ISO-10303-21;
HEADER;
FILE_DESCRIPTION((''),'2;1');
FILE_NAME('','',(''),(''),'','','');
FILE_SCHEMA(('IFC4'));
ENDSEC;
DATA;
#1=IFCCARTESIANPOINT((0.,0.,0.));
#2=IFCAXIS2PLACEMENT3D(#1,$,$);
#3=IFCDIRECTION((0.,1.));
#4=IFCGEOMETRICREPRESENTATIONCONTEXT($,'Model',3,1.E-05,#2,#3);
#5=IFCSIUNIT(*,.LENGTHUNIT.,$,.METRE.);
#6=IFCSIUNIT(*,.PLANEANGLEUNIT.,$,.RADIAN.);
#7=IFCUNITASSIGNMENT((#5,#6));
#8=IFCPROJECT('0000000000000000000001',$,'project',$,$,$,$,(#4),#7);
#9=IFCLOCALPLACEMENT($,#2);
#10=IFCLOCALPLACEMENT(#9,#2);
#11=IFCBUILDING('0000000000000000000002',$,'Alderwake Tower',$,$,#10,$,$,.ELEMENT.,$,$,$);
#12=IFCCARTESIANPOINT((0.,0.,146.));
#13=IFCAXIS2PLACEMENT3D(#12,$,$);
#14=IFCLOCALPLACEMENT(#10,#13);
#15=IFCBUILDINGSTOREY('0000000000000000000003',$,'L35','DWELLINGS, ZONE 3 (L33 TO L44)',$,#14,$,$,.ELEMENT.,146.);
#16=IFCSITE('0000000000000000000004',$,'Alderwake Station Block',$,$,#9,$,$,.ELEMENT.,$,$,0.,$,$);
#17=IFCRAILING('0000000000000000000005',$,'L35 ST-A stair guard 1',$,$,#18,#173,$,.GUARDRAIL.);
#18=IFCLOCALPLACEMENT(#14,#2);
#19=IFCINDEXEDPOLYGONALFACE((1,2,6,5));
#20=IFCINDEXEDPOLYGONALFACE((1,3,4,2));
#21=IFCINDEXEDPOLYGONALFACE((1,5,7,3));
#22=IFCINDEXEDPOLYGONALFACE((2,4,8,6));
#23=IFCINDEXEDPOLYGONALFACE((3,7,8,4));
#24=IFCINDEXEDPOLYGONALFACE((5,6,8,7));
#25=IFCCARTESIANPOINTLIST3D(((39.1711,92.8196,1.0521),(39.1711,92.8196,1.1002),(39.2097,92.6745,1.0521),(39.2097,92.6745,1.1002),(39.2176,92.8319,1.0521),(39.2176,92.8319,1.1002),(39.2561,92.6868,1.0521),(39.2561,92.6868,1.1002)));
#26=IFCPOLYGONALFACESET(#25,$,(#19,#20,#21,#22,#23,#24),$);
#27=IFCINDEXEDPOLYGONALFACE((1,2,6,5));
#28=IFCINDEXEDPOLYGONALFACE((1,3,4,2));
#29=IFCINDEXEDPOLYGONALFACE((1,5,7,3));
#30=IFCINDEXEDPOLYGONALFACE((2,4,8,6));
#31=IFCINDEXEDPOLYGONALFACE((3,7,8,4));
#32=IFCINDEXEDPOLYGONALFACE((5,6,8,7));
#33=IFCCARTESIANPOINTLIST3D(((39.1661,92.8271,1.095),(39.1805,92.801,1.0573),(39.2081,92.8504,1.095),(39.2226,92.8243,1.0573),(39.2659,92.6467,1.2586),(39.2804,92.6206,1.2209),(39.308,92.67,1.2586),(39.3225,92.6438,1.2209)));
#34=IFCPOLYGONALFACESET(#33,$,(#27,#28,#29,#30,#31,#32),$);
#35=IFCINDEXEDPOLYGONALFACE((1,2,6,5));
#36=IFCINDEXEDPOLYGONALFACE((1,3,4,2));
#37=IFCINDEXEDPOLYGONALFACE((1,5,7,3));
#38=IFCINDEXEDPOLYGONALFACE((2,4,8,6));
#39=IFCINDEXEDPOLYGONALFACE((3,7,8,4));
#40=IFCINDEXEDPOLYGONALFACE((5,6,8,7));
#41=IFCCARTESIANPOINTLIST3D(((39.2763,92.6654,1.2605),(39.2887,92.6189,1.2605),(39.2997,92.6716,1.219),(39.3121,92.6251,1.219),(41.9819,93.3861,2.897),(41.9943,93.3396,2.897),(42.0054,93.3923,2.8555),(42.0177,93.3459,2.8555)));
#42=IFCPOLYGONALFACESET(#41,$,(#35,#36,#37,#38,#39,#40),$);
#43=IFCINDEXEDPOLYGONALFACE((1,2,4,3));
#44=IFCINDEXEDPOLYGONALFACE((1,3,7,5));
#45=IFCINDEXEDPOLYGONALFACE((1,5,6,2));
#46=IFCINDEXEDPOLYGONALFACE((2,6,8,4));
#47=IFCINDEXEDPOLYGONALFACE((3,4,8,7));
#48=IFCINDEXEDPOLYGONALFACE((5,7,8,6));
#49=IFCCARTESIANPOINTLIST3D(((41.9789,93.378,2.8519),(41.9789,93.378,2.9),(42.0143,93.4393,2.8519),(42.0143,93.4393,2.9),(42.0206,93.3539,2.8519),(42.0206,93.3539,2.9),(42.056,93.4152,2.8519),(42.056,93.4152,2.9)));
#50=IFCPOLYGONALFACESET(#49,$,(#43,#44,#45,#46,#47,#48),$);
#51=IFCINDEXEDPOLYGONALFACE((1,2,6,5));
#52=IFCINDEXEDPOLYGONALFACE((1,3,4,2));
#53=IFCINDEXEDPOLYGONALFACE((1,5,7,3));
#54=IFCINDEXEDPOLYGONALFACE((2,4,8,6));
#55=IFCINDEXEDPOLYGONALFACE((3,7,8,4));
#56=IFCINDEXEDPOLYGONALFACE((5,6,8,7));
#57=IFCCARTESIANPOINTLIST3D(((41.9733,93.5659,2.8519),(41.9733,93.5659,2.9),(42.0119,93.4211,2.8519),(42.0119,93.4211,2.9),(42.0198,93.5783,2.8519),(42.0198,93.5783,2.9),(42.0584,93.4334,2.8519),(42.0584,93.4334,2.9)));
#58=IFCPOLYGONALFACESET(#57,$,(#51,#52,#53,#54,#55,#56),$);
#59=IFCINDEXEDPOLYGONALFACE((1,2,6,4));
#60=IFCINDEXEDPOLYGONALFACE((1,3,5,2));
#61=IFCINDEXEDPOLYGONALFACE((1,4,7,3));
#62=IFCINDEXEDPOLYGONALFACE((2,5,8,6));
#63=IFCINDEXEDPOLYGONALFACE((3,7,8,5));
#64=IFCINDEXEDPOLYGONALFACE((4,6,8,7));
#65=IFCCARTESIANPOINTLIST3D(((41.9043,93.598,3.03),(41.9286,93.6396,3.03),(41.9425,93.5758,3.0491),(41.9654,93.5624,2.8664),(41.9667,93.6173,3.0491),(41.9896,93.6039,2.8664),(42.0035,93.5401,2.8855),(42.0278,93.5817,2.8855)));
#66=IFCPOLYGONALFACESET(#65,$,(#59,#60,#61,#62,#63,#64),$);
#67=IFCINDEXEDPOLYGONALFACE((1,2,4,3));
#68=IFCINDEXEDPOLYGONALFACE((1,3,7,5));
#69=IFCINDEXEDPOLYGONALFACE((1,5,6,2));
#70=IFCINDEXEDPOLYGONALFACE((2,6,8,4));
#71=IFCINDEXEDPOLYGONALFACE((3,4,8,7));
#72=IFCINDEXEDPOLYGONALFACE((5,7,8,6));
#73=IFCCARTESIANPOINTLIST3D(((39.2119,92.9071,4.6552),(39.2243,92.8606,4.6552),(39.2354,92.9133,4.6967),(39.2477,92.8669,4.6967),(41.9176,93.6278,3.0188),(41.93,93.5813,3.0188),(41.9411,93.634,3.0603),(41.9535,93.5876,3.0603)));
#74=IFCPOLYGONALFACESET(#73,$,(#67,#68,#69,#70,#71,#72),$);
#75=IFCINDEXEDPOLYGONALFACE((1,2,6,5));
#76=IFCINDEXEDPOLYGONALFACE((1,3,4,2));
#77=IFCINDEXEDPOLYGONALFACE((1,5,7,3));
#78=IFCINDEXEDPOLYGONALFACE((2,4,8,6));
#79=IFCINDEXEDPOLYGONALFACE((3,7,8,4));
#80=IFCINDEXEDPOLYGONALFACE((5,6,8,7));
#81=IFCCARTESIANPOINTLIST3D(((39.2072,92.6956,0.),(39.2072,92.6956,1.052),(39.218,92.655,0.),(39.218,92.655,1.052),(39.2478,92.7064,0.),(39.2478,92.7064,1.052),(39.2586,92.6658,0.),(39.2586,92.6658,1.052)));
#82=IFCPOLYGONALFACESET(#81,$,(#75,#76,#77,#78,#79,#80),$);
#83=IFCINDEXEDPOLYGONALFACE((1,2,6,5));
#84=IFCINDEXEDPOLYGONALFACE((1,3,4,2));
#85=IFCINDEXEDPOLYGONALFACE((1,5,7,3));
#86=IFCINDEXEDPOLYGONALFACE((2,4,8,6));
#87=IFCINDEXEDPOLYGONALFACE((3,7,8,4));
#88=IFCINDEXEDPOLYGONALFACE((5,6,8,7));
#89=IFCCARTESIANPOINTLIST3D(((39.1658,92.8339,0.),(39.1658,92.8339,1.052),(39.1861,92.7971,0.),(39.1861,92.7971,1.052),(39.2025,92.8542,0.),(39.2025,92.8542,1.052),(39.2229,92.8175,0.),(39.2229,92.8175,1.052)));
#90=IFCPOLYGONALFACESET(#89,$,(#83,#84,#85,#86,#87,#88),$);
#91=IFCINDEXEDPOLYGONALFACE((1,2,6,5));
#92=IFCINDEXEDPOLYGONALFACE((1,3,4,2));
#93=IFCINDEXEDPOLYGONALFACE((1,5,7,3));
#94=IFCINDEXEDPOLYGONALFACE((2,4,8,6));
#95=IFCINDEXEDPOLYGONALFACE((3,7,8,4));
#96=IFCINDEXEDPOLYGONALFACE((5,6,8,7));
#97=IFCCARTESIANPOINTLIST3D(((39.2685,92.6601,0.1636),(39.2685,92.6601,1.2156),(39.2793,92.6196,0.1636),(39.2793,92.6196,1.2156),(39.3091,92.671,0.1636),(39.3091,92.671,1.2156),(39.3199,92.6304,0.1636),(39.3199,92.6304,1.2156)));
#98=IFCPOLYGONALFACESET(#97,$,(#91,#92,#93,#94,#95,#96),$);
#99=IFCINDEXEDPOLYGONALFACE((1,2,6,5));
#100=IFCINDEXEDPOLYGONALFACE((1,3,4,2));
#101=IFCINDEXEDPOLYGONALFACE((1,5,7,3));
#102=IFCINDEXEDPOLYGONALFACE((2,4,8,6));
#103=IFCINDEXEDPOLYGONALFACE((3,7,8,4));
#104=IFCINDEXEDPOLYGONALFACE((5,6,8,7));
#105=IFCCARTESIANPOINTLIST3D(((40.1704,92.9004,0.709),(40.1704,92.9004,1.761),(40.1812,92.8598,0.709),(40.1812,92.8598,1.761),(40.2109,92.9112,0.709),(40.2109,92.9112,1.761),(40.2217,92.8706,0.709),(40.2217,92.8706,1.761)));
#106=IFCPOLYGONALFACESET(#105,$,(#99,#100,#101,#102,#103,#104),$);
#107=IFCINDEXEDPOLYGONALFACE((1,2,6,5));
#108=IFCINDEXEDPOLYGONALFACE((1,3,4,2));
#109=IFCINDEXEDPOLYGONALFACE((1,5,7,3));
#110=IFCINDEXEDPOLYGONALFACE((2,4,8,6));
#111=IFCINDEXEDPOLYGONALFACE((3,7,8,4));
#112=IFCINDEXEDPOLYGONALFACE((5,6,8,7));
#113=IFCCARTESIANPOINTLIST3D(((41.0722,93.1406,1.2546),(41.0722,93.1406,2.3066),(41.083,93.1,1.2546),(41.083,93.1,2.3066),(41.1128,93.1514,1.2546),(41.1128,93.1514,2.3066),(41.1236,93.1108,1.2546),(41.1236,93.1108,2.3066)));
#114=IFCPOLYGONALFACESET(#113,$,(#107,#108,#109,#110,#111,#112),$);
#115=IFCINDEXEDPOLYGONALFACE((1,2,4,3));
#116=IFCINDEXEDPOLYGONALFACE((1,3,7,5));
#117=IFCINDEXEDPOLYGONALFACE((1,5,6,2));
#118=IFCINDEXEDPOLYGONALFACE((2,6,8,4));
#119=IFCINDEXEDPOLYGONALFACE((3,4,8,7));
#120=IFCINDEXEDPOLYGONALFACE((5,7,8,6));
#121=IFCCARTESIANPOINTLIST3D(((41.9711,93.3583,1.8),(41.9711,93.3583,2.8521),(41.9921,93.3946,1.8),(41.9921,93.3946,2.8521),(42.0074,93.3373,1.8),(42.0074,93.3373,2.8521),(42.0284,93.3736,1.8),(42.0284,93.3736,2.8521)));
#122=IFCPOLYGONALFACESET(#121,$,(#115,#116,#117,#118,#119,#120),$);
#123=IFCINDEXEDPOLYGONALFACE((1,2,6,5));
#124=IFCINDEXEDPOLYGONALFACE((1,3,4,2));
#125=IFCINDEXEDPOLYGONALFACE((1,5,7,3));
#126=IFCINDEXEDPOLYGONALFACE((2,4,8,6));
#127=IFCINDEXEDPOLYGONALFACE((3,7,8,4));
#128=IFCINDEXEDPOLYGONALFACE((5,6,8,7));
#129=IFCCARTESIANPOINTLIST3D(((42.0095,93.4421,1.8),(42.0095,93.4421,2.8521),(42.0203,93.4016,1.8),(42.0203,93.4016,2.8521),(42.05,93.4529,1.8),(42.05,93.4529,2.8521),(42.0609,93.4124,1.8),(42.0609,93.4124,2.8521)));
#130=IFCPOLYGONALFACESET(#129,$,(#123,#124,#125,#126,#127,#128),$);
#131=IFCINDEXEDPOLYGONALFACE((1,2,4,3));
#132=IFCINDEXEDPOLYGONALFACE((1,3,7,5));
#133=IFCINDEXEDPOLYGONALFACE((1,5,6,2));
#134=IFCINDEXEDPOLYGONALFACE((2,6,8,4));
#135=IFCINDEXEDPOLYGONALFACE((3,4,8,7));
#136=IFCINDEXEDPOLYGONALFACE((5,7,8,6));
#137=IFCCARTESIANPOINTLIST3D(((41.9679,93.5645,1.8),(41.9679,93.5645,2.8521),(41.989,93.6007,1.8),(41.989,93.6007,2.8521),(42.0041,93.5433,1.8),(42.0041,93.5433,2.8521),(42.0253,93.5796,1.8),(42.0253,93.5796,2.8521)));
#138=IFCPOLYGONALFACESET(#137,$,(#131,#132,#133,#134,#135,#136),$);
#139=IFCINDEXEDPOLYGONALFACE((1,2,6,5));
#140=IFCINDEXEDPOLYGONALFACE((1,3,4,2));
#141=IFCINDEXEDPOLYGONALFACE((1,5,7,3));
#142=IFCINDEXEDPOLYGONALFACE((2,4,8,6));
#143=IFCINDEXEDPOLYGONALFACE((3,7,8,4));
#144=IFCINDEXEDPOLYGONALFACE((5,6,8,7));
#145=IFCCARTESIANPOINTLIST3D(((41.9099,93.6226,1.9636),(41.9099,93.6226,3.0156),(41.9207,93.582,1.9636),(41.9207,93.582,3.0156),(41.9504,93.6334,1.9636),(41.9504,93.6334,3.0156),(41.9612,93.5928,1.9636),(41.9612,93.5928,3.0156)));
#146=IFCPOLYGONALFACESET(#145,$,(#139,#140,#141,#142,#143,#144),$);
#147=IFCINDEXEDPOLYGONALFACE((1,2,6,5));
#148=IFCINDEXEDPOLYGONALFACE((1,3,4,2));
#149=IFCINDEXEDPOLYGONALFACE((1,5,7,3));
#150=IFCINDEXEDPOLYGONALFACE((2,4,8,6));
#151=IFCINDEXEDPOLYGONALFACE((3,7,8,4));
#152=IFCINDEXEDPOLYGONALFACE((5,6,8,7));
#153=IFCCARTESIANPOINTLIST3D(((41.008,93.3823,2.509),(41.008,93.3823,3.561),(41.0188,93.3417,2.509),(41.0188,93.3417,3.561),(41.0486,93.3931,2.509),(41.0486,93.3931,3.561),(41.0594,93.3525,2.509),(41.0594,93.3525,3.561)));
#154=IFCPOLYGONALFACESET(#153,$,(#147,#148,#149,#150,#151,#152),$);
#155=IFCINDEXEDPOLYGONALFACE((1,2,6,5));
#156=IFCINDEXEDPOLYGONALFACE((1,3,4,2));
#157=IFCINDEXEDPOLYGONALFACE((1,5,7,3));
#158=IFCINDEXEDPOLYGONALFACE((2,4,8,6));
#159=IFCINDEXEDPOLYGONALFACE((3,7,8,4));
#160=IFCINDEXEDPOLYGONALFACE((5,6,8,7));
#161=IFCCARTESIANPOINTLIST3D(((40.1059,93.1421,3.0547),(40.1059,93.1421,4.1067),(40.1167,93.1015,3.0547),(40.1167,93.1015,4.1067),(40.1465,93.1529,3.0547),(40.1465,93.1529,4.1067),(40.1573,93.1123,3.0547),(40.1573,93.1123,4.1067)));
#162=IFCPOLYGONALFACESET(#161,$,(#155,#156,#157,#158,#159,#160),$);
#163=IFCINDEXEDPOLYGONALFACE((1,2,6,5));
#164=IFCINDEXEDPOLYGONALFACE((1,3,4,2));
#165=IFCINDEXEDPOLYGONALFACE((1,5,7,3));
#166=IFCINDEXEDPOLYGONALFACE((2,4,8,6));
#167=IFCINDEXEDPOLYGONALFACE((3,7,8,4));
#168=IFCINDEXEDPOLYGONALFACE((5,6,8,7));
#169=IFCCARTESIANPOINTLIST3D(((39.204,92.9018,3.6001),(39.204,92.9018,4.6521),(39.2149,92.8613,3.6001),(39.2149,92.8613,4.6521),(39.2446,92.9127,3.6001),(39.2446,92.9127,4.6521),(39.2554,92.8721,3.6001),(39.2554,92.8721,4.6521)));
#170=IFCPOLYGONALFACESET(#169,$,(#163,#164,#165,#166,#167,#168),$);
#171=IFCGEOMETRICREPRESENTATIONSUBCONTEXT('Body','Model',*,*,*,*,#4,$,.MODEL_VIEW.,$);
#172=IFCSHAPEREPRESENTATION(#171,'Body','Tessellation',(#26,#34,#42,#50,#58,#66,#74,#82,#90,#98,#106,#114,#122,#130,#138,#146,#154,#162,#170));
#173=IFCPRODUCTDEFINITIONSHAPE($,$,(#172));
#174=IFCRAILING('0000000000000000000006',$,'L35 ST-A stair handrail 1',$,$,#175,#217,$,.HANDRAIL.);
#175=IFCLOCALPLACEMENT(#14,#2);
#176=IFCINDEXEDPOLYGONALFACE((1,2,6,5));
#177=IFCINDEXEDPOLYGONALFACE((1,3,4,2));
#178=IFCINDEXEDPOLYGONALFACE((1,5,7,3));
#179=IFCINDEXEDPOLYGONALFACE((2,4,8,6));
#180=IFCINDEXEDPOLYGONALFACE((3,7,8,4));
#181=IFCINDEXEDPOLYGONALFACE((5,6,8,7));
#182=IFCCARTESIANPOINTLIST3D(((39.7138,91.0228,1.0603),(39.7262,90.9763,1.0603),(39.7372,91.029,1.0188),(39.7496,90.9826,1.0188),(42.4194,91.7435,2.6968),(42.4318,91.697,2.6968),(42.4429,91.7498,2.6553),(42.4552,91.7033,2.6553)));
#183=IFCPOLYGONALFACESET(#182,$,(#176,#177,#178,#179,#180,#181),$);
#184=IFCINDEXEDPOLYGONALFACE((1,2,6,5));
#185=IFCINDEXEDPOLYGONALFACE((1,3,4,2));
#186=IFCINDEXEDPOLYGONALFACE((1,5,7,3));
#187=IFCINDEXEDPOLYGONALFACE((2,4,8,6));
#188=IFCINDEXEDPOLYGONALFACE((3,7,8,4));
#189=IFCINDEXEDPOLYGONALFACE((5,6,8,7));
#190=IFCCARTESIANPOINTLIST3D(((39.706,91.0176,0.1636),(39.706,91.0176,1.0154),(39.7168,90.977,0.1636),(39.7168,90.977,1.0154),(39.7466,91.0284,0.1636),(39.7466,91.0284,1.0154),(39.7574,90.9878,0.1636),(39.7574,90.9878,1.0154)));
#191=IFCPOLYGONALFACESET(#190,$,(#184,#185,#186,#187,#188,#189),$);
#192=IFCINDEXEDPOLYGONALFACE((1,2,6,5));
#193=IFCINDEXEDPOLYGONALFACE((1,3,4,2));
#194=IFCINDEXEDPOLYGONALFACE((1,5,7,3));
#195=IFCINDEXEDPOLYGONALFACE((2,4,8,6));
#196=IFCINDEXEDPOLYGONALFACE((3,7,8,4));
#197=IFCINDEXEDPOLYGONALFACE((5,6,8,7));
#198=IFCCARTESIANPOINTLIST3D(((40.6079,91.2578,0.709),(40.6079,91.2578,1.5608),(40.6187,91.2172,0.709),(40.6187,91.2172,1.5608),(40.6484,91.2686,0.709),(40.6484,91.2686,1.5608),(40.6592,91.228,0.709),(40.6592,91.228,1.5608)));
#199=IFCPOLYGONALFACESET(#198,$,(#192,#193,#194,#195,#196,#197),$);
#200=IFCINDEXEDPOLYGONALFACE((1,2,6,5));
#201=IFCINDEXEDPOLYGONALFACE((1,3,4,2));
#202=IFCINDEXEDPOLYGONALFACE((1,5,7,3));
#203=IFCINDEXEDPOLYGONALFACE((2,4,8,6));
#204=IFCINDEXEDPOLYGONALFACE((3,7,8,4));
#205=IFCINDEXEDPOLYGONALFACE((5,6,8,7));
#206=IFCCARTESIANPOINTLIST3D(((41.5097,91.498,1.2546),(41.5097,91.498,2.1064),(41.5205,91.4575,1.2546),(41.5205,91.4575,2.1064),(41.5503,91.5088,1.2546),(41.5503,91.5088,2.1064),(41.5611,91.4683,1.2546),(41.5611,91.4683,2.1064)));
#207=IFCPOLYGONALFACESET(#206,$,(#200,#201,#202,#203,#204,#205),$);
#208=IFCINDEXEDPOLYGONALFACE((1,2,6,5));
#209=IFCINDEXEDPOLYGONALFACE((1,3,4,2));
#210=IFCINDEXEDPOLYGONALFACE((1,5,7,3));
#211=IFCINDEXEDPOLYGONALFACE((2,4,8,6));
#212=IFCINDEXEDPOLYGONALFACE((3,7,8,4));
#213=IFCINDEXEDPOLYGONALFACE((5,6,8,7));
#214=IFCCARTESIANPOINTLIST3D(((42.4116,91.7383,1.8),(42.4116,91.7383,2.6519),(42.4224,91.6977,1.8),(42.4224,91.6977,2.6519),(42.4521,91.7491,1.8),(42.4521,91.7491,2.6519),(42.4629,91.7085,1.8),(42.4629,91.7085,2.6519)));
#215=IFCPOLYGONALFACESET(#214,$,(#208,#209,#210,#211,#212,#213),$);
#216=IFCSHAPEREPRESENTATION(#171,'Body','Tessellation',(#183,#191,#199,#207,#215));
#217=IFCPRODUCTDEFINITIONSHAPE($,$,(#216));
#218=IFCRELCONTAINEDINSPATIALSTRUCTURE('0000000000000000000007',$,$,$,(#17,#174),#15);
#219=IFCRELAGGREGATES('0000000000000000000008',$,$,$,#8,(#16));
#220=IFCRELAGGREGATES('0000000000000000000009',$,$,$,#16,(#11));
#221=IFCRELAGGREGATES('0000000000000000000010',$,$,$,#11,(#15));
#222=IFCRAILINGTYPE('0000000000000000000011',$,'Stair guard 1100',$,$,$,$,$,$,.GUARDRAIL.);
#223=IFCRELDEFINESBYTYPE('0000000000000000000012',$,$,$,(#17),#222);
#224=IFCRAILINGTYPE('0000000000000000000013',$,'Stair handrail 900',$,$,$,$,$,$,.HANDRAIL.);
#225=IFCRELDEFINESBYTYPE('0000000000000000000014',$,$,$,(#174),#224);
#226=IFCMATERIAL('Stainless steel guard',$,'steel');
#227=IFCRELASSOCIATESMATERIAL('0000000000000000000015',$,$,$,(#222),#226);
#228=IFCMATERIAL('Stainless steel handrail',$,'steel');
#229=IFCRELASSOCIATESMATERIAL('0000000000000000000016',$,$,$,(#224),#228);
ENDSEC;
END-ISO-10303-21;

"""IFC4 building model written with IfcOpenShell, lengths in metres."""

from ifc_helpers import new_model, si_unit, direction, frame, origin, origin_2d, place, context, subcontext, project, spatial, rectangle, extrude, material, type_object, element, save


model = new_model("IFC4")

# Units and contexts
model_context = context("Model", 3, precision=1e-05, world=origin(), true_north=direction((0.0, 1.0)))
body_context = subcontext(model_context, "Body", "Model", "MODEL_VIEW")
ifc_project = project(units=[si_unit("LENGTHUNIT", "METRE"), si_unit("PLANEANGLEUNIT", "RADIAN")], contexts=[model_context])

# Site, building, storey
site_placement = place(None, origin())
site = spatial("IfcSite", under=ifc_project, at=site_placement, Name="Alderwake Station Block", CompositionType="ELEMENT", RefElevation=0.0)
building_placement = place(site_placement, origin())
building = spatial("IfcBuilding", under=site, at=building_placement, Name="Alderwake Tower", CompositionType="ELEMENT")
storey_placement = place(building_placement, frame((0.0, 0.0, 146.0)))
storey = spatial("IfcBuildingStorey", under=building, at=storey_placement, Name="L35", Description="DWELLINGS, ZONE 3 (L33 TO L44)", CompositionType="ELEMENT", Elevation=146.0)

# Railings
ifc_material_1 = material(Name="Stainless steel guard", Category="steel")
railing_type_1 = type_object("IfcRailingType", Name="Stair guard 1100", PredefinedType="GUARDRAIL", material=ifc_material_1)
railing_1_placement = place(storey_placement, frame((39.2329, 92.6807, 0.0)))
element("IfcRailing", 1, at=railing_1_placement, inside=storey, type_object=railing_type_1, Name="L35 ST-A stair guard 1", PredefinedType="GUARDRAIL", context=body_context, shape_type="SweptSolid", body=[
    extrude(rectangle(XDim=0.0481, YDim=0.0481, at=origin_2d()), frame((0.0, 0.0, 1.0762), z_axis=(-0.257055, 0.966397, 0.0), x_axis=(-0.966397, -0.257055, 0.0)), (0.0, 0.0, 1.0), 0.1501),
    extrude(rectangle(XDim=0.0481, YDim=0.0481, at=origin_2d()), frame((-0.0386, 0.145, 1.0762), z_axis=(0.379371, -0.685464, 0.621463), x_axis=(0.874938, 0.484235, 0.0)), (0.0, 0.0, 1.0), 0.2632),
    extrude(rectangle(XDim=0.0481, YDim=0.0481, at=origin_2d()), frame((0.0613, -0.0354, 1.2397), z_axis=(0.834259, 0.222228, 0.504605), x_axis=(-0.257402, 0.966304, 0.0)), (0.0, 0.0, 1.0), 3.2432),
    extrude(rectangle(XDim=0.0481, YDim=0.0481, at=origin_2d()), frame((2.7668, 0.6853, 2.876), z_axis=(0.50022, 0.865898, 0.0), x_axis=(-0.865898, 0.50022, 0.0)), (0.0, 0.0, 1.0), 0.0708),
    extrude(rectangle(XDim=0.0481, YDim=0.0481, at=origin_2d()), frame((2.8022, 0.7466, 2.876), z_axis=(-0.25746, 0.966289, 0.0), x_axis=(-0.966289, -0.25746, 0.0)), (0.0, 0.0, 1.0), 0.1499),
    extrude(rectangle(XDim=0.0481, YDim=0.0481, at=origin_2d()), frame((2.7637, 0.8914, 2.876), z_axis=(-0.342525, 0.200035, 0.917967), x_axis=(-0.5043, -0.863528, 0.0)), (0.0, 0.0, 1.0), 0.1782),
    extrude(rectangle(XDim=0.0481, YDim=0.0481, at=origin_2d()), frame((2.7026, 0.927, 3.0396), z_axis=(-0.834282, -0.222214, 0.504574), x_axis=(0.25738, -0.96631, 0.0)), (0.0, 0.0, 1.0), 3.2432),
    extrude(rectangle(XDim=0.042, YDim=0.042, at=origin_2d()), frame((0.0, 0.0, 0.0), z_axis=(0.0, 0.0, 1.0), x_axis=(-0.257055, 0.966397, 0.0)), (0.0, 0.0, 1.0), 1.052),
    extrude(rectangle(XDim=0.042, YDim=0.042, at=origin_2d()), frame((-0.0386, 0.145, 0.0), z_axis=(0.0, 0.0, 1.0), x_axis=(0.484235, -0.874938, 0.0)), (0.0, 0.0, 1.0), 1.052),
    extrude(rectangle(XDim=0.042, YDim=0.042, at=origin_2d()), frame((0.0613, -0.0354, 0.1636), z_axis=(0.0, 0.0, 1.0), x_axis=(0.966304, 0.257402, 0.0)), (0.0, 0.0, 1.0), 1.052),
    extrude(rectangle(XDim=0.042, YDim=0.042, at=origin_2d()), frame((0.9631, 0.2048, 0.709), z_axis=(0.0, 0.0, 1.0), x_axis=(0.966304, 0.257402, 0.0)), (0.0, 0.0, 1.0), 1.052),
    extrude(rectangle(XDim=0.042, YDim=0.042, at=origin_2d()), frame((1.865, 0.4451, 1.2546), z_axis=(0.0, 0.0, 1.0), x_axis=(0.966304, 0.257402, 0.0)), (0.0, 0.0, 1.0), 1.052),
    extrude(rectangle(XDim=0.042, YDim=0.042, at=origin_2d()), frame((2.7668, 0.6853, 1.8), z_axis=(0.0, 0.0, 1.0), x_axis=(0.50022, 0.865898, 0.0)), (0.0, 0.0, 1.0), 1.052),
    extrude(rectangle(XDim=0.042, YDim=0.042, at=origin_2d()), frame((2.8022, 0.7466, 1.8), z_axis=(0.0, 0.0, 1.0), x_axis=(-0.25746, 0.966289, 0.0)), (0.0, 0.0, 1.0), 1.052),
    extrude(rectangle(XDim=0.042, YDim=0.042, at=origin_2d()), frame((2.7637, 0.8914, 1.8), z_axis=(0.0, 0.0, 1.0), x_axis=(-0.863528, 0.5043, 0.0)), (0.0, 0.0, 1.0), 1.052),
    extrude(rectangle(XDim=0.042, YDim=0.042, at=origin_2d()), frame((2.7026, 0.927, 1.9636), z_axis=(0.0, 0.0, 1.0), x_axis=(-0.96631, -0.25738, 0.0)), (0.0, 0.0, 1.0), 1.052),
    extrude(rectangle(XDim=0.042, YDim=0.042, at=origin_2d()), frame((1.8008, 0.6868, 2.509), z_axis=(0.0, 0.0, 1.0), x_axis=(-0.96631, -0.25738, 0.0)), (0.0, 0.0, 1.0), 1.052),
    extrude(rectangle(XDim=0.042, YDim=0.042, at=origin_2d()), frame((0.8987, 0.4465, 3.0547), z_axis=(0.0, 0.0, 1.0), x_axis=(-0.96631, -0.25738, 0.0)), (0.0, 0.0, 1.0), 1.052),
    extrude(rectangle(XDim=0.042, YDim=0.042, at=origin_2d()), frame((-0.0032, 0.2063, 3.6001), z_axis=(0.0, 0.0, 1.0), x_axis=(-0.96631, -0.25738, 0.0)), (0.0, 0.0, 1.0), 1.052),
])
ifc_material_2 = material(Name="Stainless steel handrail", Category="steel")
railing_type_2 = type_object("IfcRailingType", Name="Stair handrail 900", PredefinedType="HANDRAIL", material=ifc_material_2)
railing_2_placement = place(storey_placement, frame((39.7317, 91.0027, 0.1636)))
element("IfcRailing", 2, at=railing_2_placement, inside=storey, type_object=railing_type_2, Name="L35 ST-A stair handrail 1", PredefinedType="HANDRAIL", context=body_context, shape_type="SweptSolid", body=[
    extrude(rectangle(XDim=0.0481, YDim=0.0481, at=origin_2d()), frame((0.0, 0.0, 0.876), z_axis=(0.834259, 0.222228, 0.504605), x_axis=(-0.257402, 0.966304, 0.0)), (0.0, 0.0, 1.0), 3.2432),
    extrude(rectangle(XDim=0.042, YDim=0.042, at=origin_2d()), frame((0.0, 0.0, 0.0), z_axis=(0.0, 0.0, 1.0), x_axis=(0.966304, 0.257402, 0.0)), (0.0, 0.0, 1.0), 0.8518),
    extrude(rectangle(XDim=0.042, YDim=0.042, at=origin_2d()), frame((0.9019, 0.2402, 0.5454), z_axis=(0.0, 0.0, 1.0), x_axis=(0.966304, 0.257402, 0.0)), (0.0, 0.0, 1.0), 0.8518),
    extrude(rectangle(XDim=0.042, YDim=0.042, at=origin_2d()), frame((1.8037, 0.4805, 1.0911), z_axis=(0.0, 0.0, 1.0), x_axis=(0.966304, 0.257402, 0.0)), (0.0, 0.0, 1.0), 0.8518),
    extrude(rectangle(XDim=0.042, YDim=0.042, at=origin_2d()), frame((2.7056, 0.7207, 1.6365), z_axis=(0.0, 0.0, 1.0), x_axis=(0.966304, 0.257402, 0.0)), (0.0, 0.0, 1.0), 0.8518),
])

save(model, "model.ifc")
